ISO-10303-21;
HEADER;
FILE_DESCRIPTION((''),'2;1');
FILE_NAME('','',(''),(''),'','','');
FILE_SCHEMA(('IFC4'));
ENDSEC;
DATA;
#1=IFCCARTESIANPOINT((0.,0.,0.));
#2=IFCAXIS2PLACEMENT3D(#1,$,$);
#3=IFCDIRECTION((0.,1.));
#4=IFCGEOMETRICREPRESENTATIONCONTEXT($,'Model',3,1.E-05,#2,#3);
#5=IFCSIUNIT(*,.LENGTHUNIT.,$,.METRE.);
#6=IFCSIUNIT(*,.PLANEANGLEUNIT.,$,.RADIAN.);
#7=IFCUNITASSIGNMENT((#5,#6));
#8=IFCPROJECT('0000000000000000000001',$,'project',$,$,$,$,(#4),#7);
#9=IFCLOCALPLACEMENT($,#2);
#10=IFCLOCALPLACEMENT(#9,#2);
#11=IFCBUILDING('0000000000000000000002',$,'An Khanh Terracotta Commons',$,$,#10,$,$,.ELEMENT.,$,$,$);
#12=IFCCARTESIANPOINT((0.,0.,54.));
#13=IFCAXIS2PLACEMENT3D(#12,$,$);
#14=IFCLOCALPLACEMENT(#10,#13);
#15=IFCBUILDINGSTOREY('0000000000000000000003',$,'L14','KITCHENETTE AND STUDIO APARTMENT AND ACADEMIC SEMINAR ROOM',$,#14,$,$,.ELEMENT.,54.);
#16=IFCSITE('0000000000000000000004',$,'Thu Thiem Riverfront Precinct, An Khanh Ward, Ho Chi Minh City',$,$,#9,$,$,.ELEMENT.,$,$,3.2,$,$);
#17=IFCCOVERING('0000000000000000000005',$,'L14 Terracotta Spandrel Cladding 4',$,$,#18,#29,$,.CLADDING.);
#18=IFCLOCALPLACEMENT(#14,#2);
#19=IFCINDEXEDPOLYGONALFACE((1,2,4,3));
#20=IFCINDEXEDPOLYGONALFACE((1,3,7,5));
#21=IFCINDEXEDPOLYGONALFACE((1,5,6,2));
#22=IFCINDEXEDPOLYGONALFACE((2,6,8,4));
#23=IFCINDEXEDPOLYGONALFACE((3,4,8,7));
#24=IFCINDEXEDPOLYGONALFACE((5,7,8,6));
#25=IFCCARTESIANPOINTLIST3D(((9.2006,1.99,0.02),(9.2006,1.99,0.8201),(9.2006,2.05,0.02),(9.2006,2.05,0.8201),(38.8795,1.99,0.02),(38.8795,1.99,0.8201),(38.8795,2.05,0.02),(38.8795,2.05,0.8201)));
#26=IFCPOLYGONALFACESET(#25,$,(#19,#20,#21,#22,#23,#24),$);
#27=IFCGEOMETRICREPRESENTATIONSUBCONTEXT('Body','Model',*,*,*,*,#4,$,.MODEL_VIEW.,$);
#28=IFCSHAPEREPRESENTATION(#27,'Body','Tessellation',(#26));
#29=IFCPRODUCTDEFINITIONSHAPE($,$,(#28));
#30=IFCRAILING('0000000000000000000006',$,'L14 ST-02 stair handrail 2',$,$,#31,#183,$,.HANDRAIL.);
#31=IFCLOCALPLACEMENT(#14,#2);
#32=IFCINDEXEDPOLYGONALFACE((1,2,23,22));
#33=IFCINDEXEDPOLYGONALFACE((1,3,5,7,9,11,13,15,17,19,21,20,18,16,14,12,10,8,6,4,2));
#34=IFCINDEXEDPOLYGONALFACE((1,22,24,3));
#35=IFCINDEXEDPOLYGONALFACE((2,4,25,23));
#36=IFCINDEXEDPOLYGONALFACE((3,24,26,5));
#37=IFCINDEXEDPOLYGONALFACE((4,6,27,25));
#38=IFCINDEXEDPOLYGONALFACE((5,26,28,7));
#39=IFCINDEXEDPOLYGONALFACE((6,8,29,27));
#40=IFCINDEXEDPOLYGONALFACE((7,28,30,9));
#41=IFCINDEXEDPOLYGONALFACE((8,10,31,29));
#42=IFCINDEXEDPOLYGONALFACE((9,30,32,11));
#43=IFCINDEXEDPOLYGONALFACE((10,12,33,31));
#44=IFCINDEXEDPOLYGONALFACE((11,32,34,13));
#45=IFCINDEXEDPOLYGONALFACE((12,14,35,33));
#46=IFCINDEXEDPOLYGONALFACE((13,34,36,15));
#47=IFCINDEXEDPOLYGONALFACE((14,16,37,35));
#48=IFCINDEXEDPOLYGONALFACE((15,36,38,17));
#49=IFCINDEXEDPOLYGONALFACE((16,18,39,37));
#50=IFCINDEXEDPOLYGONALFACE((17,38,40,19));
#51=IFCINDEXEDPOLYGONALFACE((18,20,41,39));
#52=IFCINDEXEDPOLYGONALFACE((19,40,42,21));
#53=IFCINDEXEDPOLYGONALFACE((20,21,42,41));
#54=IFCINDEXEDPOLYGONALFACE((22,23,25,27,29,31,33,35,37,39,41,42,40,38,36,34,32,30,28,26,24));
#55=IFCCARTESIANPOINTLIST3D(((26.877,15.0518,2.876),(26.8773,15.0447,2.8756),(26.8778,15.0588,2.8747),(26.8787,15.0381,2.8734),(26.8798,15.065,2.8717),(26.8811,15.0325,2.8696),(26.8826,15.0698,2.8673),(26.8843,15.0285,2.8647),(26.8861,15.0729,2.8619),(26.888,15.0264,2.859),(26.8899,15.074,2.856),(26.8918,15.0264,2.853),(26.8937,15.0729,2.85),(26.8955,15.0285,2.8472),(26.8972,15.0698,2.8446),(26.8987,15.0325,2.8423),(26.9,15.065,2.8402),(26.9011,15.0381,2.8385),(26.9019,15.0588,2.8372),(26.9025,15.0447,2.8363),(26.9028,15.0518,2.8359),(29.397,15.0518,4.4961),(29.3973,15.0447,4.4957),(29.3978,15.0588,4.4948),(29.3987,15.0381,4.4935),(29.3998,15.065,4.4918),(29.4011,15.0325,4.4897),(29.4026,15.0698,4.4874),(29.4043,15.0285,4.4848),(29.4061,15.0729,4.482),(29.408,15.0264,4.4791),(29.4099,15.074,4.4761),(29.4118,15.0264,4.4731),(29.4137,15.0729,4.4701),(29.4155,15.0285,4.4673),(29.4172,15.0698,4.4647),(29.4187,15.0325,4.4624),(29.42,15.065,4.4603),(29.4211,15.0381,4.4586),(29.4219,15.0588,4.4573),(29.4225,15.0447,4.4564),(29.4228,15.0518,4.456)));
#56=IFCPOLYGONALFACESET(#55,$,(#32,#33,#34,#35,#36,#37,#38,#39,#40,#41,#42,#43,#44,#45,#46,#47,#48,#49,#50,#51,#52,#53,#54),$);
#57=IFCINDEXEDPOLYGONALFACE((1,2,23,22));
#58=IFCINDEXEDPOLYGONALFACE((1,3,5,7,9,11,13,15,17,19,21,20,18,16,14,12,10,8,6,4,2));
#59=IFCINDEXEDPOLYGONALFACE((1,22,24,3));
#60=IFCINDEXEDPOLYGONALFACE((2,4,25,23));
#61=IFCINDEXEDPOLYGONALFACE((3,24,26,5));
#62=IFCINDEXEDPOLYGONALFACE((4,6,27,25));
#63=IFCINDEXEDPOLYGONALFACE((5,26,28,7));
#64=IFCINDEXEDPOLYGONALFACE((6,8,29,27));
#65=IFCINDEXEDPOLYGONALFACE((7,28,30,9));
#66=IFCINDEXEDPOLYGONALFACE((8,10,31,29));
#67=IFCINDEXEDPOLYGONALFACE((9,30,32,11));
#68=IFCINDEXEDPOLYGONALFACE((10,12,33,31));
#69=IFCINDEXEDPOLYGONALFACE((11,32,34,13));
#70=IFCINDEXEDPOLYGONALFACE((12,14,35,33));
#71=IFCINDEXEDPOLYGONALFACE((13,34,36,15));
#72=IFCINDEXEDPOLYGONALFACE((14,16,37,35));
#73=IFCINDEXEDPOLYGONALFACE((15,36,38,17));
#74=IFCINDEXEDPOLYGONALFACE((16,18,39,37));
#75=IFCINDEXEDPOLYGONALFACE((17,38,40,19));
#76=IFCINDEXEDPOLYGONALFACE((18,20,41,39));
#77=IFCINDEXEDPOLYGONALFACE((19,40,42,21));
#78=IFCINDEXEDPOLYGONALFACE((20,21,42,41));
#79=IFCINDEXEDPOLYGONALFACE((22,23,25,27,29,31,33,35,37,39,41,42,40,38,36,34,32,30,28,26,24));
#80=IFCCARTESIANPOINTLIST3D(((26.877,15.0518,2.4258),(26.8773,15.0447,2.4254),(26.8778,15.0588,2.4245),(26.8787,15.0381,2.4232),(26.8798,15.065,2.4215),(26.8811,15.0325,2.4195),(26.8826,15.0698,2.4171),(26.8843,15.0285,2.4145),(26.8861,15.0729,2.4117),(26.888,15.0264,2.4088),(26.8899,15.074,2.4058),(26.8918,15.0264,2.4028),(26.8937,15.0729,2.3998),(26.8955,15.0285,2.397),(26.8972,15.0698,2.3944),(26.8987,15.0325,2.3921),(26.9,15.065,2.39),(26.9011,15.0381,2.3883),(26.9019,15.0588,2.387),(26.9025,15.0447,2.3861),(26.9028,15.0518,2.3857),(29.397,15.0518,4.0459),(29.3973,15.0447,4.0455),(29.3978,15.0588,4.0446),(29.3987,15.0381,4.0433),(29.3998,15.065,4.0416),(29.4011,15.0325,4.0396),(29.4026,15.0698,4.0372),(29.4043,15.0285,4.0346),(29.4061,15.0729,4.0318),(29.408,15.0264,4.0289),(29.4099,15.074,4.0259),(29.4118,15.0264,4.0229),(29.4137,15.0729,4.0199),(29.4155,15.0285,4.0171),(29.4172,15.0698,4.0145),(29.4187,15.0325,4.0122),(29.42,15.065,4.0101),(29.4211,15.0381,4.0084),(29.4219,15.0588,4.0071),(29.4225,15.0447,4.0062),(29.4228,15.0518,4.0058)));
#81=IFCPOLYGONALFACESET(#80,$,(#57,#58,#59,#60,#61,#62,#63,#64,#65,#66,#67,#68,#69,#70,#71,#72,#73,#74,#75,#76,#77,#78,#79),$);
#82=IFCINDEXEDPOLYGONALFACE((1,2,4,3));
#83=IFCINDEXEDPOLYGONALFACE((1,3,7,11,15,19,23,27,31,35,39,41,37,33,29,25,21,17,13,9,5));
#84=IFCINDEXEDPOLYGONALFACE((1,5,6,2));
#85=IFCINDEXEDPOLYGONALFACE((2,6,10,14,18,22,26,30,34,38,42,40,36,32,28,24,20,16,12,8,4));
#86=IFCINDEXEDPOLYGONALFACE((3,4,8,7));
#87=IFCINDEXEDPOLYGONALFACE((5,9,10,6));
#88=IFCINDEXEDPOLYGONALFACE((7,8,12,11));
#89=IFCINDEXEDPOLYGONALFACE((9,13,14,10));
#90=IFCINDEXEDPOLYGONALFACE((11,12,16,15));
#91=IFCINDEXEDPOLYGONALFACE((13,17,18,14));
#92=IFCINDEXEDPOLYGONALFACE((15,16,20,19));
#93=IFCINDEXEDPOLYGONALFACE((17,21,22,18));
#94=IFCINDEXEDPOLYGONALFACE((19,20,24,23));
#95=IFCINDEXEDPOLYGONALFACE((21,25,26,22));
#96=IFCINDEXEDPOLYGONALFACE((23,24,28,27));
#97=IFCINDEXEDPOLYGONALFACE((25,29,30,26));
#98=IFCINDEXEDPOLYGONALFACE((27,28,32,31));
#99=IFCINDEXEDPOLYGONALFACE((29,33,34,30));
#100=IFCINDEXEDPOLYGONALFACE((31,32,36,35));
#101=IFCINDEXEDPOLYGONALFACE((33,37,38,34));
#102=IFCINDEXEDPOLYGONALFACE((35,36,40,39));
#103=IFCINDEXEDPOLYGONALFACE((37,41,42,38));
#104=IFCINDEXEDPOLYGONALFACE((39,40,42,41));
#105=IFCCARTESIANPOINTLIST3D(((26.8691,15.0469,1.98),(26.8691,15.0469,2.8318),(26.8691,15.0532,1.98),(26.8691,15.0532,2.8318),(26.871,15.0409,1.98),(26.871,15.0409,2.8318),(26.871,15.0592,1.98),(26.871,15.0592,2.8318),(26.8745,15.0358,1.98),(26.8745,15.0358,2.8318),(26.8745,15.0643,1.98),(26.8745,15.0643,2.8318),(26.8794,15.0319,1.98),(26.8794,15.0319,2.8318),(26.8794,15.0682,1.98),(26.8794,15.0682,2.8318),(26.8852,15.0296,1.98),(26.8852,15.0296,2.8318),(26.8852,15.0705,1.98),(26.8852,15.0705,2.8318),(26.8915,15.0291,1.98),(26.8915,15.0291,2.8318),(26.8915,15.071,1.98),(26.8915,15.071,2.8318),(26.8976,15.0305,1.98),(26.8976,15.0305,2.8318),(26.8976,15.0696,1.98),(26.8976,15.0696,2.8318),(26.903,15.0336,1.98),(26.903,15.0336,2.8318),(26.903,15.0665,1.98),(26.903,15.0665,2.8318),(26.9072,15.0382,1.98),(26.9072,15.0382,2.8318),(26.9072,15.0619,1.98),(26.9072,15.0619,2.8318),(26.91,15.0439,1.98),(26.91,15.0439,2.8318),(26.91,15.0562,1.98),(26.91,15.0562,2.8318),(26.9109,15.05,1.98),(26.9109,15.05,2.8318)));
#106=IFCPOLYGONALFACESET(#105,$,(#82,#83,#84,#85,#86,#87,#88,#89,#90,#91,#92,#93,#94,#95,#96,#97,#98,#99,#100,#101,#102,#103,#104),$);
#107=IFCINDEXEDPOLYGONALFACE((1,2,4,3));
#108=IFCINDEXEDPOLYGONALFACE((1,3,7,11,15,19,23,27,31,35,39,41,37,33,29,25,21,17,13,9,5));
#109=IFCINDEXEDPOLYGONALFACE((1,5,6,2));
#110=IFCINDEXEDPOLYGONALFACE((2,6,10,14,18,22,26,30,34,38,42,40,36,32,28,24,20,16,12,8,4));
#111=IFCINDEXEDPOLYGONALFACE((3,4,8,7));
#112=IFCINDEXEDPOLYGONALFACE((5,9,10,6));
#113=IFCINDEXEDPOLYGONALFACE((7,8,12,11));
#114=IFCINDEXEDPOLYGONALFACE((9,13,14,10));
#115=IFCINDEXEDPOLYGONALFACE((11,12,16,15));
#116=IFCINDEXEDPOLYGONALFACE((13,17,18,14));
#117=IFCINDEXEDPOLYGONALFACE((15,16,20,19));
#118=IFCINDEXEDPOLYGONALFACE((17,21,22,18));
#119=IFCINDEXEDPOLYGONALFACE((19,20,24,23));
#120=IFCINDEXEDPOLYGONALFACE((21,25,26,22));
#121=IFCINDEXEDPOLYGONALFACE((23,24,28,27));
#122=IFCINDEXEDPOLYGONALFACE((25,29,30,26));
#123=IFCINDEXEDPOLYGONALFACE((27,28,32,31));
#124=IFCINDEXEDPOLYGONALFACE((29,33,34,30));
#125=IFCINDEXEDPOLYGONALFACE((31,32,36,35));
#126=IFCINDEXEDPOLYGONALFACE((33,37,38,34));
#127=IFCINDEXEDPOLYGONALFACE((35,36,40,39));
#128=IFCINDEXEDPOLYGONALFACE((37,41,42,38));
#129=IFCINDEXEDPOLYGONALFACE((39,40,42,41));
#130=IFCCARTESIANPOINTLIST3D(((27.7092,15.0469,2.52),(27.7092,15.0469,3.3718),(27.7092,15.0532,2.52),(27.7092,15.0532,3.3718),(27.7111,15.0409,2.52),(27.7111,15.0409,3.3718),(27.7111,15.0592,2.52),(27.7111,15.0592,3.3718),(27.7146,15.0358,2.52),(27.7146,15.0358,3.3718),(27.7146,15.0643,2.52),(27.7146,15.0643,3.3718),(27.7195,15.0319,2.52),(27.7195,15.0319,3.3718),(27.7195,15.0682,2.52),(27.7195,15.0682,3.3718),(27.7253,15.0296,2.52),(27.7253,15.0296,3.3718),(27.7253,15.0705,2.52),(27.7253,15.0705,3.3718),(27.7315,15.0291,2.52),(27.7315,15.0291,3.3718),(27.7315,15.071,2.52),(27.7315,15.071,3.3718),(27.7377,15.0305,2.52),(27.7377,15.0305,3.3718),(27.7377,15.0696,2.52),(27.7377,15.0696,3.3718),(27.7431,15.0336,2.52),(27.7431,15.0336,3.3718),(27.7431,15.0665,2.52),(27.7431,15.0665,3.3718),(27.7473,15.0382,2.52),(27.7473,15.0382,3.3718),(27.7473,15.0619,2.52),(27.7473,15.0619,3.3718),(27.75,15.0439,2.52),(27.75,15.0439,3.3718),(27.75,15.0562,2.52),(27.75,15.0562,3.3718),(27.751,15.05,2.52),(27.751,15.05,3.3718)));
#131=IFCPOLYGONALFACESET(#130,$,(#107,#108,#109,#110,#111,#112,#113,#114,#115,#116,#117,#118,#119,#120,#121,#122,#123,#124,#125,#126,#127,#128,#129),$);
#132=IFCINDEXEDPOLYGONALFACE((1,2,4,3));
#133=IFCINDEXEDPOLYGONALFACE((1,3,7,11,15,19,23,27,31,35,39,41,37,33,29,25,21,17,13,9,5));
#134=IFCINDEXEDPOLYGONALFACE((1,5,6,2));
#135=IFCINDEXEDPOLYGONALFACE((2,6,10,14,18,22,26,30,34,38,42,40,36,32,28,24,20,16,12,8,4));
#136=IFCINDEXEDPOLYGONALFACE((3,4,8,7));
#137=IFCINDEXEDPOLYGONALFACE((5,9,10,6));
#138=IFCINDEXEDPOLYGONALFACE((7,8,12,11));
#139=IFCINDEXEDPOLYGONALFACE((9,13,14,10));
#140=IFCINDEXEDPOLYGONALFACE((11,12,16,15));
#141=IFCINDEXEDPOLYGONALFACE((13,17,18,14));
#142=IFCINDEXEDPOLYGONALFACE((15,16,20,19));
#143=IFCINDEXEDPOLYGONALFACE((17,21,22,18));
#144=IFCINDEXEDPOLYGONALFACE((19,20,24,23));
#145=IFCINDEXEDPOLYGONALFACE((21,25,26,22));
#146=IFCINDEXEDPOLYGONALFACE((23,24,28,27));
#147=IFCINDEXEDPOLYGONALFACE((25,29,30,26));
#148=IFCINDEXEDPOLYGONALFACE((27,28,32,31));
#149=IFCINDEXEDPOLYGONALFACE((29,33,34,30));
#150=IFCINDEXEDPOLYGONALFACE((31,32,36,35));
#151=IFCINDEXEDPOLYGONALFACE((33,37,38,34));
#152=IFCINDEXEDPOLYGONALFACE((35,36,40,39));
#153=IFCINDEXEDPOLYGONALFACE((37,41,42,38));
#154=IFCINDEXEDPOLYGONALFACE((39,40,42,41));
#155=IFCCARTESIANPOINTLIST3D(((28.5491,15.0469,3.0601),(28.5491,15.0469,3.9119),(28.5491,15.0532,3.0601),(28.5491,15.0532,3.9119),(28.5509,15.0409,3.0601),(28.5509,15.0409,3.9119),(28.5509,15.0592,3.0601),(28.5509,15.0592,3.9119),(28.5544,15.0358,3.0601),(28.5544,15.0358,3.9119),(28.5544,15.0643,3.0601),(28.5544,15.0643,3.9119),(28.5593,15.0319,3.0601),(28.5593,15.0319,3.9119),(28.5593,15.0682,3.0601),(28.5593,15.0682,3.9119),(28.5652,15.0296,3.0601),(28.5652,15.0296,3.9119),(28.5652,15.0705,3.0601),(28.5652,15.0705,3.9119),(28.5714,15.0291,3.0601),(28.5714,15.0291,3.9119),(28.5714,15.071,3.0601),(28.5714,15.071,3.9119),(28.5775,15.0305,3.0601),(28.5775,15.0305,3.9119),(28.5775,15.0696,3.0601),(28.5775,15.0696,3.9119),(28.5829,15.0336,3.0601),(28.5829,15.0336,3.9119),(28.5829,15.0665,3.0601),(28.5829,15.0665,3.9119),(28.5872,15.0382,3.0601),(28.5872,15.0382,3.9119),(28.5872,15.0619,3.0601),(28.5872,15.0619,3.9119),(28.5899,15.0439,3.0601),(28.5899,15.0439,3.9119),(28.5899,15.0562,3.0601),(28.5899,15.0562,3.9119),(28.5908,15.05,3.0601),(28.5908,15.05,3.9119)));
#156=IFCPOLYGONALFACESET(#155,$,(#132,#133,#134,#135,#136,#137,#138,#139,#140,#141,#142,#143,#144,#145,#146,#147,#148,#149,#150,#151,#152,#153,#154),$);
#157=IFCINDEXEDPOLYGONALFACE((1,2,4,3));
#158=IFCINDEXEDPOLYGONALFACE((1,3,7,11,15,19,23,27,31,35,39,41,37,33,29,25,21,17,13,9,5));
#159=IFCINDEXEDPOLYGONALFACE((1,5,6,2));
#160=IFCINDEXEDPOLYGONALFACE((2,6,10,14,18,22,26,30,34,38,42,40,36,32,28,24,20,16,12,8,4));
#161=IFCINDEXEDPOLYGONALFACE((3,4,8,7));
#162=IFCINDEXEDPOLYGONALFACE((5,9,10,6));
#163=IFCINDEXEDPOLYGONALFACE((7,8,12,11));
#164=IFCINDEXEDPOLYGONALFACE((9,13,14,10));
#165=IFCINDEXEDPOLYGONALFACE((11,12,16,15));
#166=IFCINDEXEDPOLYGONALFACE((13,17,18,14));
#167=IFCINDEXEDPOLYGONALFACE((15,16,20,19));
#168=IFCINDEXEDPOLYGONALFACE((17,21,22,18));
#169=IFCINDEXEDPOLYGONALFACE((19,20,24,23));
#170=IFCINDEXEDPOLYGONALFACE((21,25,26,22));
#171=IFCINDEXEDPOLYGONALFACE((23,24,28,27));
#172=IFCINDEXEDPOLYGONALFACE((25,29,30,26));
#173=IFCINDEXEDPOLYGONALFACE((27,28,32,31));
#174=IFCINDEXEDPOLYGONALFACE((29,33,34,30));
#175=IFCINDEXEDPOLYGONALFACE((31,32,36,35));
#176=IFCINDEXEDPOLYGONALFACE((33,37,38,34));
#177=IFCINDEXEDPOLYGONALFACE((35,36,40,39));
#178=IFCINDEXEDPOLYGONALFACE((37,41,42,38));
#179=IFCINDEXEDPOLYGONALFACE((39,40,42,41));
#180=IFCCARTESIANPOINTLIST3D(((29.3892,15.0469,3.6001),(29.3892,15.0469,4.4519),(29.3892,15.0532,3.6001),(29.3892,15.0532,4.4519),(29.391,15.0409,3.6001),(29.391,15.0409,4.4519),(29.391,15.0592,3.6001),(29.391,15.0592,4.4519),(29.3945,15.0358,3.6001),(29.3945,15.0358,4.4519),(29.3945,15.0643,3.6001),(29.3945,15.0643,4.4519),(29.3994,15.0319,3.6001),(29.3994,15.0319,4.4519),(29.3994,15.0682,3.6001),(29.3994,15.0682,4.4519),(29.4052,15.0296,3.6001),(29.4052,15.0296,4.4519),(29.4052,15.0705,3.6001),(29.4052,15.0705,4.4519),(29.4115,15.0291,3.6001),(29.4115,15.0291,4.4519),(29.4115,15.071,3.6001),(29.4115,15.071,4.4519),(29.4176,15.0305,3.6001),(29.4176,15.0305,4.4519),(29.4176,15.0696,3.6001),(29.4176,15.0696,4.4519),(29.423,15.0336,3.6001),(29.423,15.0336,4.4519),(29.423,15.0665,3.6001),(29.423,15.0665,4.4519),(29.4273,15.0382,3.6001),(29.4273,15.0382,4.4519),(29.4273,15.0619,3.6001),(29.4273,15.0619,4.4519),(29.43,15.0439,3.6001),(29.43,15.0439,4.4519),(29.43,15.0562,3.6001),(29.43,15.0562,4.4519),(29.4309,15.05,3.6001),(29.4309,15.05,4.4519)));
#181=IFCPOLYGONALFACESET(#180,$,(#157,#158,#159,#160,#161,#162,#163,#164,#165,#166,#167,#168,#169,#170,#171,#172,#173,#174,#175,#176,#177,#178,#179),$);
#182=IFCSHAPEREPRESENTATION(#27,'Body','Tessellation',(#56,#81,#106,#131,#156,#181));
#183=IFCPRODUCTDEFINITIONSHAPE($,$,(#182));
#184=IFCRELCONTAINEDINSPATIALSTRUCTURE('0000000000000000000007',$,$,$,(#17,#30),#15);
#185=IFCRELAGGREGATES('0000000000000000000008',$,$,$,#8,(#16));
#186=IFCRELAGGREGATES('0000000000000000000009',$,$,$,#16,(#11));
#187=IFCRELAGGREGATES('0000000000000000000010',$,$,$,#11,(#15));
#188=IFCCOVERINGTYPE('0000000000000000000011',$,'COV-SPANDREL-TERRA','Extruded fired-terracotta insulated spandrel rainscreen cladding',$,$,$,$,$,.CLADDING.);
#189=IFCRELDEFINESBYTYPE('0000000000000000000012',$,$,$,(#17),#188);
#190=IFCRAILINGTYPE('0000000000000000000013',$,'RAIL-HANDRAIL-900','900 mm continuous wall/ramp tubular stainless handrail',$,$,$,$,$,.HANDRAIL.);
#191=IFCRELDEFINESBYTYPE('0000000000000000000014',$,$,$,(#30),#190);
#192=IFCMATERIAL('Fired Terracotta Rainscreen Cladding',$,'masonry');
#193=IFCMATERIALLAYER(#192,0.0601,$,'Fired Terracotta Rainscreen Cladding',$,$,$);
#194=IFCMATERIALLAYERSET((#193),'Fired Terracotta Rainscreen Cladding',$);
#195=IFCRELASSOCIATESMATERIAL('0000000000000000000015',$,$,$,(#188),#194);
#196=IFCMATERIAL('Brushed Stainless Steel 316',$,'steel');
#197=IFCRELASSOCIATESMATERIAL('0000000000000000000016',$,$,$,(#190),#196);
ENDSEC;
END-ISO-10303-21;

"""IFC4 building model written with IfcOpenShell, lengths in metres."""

from ifc_helpers import new_model, si_unit, direction, frame, origin, origin_2d, place, context, subcontext, project, spatial, rectangle, circle, extrude, material, layer, layer_set, type_object, element, save


model = new_model("IFC4")

# Units and contexts
model_context = context("Model", 3, precision=1e-05, world=origin(), true_north=direction((0.0, 1.0)))
body_context = subcontext(model_context, "Body", "Model", "MODEL_VIEW")
ifc_project = project(units=[si_unit("LENGTHUNIT", "METRE"), si_unit("PLANEANGLEUNIT", "RADIAN")], contexts=[model_context])

# Site, building, storey
site_placement = place(None, origin())
site = spatial("IfcSite", under=ifc_project, at=site_placement, Name="Thu Thiem Riverfront Precinct, An Khanh Ward, Ho Chi Minh City", CompositionType="ELEMENT", RefElevation=3.2)
building_placement = place(site_placement, origin())
building = spatial("IfcBuilding", under=site, at=building_placement, Name="An Khanh Terracotta Commons", CompositionType="ELEMENT")
storey_placement = place(building_placement, frame((0.0, 0.0, 54.0)))
storey = spatial("IfcBuildingStorey", under=building, at=storey_placement, Name="L14", Description="KITCHENETTE AND STUDIO APARTMENT AND ACADEMIC SEMINAR ROOM", CompositionType="ELEMENT", Elevation=54.0)

# Covering
ifc_material_1 = material(Name="Fired Terracotta Rainscreen Cladding", Category="masonry")
ifc_layer_1 = layer(ifc_material_1, 0.0601, Name="Fired Terracotta Rainscreen Cladding")
ifc_layer_set_1 = layer_set([ifc_layer_1], Name="Fired Terracotta Rainscreen Cladding")
covering_type = type_object("IfcCoveringType", Name="COV-SPANDREL-TERRA", Description="Extruded fired-terracotta insulated spandrel rainscreen cladding", PredefinedType="CLADDING", material=ifc_layer_set_1)
covering_placement = place(storey_placement, frame((24.04, 2.02, 0.02), z_axis=(0.0, 0.0, 1.0), x_axis=(1.0, 0.0, 0.0)))
element("IfcCovering", 1, at=covering_placement, inside=storey, type_object=covering_type, Name="L14 Terracotta Spandrel Cladding 4", PredefinedType="CLADDING", context=body_context, shape_type="SweptSolid", body=[
    extrude(rectangle(XDim=29.679, YDim=0.0601, at=origin_2d()), origin(), (0.0, 0.0, 1.0), 0.8),
])

# Railing
ifc_material_2 = material(Name="Brushed Stainless Steel 316", Category="steel")
railing_type_1 = type_object("IfcRailingType", Name="RAIL-HANDRAIL-900", Description="900 mm continuous wall/ramp tubular stainless handrail", PredefinedType="HANDRAIL", material=ifc_material_2)
railing_1_placement = place(storey_placement, frame((26.8899, 15.05, 1.98)))
element("IfcRailing", 2, at=railing_1_placement, inside=storey, type_object=railing_type_1, Name="L14 ST-02 stair handrail 2", PredefinedType="HANDRAIL", context=body_context, shape_type="SweptSolid", body=[
    extrude(circle(Radius=0.0239, at=origin_2d()), frame((0.0, 0.0, 0.876), z_axis=(0.841163, 0.0, 0.540782), x_axis=(0.0, 1.0, 0.0)), (0.0, 0.0, 1.0), 2.9958),
    extrude(circle(Radius=0.0239, at=origin_2d()), frame((0.0, 0.0, 0.4258), z_axis=(0.841163, 0.0, 0.540782), x_axis=(0.0, 1.0, 0.0)), (0.0, 0.0, 1.0), 2.9958),
    extrude(circle(Radius=0.021, at=origin_2d()), origin(), (0.0, 0.0, 1.0), 0.8518),
    extrude(circle(Radius=0.021, at=origin_2d()), frame((0.8401, 0.0, 0.54)), (0.0, 0.0, 1.0), 0.8518),
    extrude(circle(Radius=0.021, at=origin_2d()), frame((1.6799, 0.0, 1.0801)), (0.0, 0.0, 1.0), 0.8518),
    extrude(circle(Radius=0.021, at=origin_2d()), frame((2.52, 0.0, 1.6201)), (0.0, 0.0, 1.0), 0.8518),
])

save(model, "model.ifc")
